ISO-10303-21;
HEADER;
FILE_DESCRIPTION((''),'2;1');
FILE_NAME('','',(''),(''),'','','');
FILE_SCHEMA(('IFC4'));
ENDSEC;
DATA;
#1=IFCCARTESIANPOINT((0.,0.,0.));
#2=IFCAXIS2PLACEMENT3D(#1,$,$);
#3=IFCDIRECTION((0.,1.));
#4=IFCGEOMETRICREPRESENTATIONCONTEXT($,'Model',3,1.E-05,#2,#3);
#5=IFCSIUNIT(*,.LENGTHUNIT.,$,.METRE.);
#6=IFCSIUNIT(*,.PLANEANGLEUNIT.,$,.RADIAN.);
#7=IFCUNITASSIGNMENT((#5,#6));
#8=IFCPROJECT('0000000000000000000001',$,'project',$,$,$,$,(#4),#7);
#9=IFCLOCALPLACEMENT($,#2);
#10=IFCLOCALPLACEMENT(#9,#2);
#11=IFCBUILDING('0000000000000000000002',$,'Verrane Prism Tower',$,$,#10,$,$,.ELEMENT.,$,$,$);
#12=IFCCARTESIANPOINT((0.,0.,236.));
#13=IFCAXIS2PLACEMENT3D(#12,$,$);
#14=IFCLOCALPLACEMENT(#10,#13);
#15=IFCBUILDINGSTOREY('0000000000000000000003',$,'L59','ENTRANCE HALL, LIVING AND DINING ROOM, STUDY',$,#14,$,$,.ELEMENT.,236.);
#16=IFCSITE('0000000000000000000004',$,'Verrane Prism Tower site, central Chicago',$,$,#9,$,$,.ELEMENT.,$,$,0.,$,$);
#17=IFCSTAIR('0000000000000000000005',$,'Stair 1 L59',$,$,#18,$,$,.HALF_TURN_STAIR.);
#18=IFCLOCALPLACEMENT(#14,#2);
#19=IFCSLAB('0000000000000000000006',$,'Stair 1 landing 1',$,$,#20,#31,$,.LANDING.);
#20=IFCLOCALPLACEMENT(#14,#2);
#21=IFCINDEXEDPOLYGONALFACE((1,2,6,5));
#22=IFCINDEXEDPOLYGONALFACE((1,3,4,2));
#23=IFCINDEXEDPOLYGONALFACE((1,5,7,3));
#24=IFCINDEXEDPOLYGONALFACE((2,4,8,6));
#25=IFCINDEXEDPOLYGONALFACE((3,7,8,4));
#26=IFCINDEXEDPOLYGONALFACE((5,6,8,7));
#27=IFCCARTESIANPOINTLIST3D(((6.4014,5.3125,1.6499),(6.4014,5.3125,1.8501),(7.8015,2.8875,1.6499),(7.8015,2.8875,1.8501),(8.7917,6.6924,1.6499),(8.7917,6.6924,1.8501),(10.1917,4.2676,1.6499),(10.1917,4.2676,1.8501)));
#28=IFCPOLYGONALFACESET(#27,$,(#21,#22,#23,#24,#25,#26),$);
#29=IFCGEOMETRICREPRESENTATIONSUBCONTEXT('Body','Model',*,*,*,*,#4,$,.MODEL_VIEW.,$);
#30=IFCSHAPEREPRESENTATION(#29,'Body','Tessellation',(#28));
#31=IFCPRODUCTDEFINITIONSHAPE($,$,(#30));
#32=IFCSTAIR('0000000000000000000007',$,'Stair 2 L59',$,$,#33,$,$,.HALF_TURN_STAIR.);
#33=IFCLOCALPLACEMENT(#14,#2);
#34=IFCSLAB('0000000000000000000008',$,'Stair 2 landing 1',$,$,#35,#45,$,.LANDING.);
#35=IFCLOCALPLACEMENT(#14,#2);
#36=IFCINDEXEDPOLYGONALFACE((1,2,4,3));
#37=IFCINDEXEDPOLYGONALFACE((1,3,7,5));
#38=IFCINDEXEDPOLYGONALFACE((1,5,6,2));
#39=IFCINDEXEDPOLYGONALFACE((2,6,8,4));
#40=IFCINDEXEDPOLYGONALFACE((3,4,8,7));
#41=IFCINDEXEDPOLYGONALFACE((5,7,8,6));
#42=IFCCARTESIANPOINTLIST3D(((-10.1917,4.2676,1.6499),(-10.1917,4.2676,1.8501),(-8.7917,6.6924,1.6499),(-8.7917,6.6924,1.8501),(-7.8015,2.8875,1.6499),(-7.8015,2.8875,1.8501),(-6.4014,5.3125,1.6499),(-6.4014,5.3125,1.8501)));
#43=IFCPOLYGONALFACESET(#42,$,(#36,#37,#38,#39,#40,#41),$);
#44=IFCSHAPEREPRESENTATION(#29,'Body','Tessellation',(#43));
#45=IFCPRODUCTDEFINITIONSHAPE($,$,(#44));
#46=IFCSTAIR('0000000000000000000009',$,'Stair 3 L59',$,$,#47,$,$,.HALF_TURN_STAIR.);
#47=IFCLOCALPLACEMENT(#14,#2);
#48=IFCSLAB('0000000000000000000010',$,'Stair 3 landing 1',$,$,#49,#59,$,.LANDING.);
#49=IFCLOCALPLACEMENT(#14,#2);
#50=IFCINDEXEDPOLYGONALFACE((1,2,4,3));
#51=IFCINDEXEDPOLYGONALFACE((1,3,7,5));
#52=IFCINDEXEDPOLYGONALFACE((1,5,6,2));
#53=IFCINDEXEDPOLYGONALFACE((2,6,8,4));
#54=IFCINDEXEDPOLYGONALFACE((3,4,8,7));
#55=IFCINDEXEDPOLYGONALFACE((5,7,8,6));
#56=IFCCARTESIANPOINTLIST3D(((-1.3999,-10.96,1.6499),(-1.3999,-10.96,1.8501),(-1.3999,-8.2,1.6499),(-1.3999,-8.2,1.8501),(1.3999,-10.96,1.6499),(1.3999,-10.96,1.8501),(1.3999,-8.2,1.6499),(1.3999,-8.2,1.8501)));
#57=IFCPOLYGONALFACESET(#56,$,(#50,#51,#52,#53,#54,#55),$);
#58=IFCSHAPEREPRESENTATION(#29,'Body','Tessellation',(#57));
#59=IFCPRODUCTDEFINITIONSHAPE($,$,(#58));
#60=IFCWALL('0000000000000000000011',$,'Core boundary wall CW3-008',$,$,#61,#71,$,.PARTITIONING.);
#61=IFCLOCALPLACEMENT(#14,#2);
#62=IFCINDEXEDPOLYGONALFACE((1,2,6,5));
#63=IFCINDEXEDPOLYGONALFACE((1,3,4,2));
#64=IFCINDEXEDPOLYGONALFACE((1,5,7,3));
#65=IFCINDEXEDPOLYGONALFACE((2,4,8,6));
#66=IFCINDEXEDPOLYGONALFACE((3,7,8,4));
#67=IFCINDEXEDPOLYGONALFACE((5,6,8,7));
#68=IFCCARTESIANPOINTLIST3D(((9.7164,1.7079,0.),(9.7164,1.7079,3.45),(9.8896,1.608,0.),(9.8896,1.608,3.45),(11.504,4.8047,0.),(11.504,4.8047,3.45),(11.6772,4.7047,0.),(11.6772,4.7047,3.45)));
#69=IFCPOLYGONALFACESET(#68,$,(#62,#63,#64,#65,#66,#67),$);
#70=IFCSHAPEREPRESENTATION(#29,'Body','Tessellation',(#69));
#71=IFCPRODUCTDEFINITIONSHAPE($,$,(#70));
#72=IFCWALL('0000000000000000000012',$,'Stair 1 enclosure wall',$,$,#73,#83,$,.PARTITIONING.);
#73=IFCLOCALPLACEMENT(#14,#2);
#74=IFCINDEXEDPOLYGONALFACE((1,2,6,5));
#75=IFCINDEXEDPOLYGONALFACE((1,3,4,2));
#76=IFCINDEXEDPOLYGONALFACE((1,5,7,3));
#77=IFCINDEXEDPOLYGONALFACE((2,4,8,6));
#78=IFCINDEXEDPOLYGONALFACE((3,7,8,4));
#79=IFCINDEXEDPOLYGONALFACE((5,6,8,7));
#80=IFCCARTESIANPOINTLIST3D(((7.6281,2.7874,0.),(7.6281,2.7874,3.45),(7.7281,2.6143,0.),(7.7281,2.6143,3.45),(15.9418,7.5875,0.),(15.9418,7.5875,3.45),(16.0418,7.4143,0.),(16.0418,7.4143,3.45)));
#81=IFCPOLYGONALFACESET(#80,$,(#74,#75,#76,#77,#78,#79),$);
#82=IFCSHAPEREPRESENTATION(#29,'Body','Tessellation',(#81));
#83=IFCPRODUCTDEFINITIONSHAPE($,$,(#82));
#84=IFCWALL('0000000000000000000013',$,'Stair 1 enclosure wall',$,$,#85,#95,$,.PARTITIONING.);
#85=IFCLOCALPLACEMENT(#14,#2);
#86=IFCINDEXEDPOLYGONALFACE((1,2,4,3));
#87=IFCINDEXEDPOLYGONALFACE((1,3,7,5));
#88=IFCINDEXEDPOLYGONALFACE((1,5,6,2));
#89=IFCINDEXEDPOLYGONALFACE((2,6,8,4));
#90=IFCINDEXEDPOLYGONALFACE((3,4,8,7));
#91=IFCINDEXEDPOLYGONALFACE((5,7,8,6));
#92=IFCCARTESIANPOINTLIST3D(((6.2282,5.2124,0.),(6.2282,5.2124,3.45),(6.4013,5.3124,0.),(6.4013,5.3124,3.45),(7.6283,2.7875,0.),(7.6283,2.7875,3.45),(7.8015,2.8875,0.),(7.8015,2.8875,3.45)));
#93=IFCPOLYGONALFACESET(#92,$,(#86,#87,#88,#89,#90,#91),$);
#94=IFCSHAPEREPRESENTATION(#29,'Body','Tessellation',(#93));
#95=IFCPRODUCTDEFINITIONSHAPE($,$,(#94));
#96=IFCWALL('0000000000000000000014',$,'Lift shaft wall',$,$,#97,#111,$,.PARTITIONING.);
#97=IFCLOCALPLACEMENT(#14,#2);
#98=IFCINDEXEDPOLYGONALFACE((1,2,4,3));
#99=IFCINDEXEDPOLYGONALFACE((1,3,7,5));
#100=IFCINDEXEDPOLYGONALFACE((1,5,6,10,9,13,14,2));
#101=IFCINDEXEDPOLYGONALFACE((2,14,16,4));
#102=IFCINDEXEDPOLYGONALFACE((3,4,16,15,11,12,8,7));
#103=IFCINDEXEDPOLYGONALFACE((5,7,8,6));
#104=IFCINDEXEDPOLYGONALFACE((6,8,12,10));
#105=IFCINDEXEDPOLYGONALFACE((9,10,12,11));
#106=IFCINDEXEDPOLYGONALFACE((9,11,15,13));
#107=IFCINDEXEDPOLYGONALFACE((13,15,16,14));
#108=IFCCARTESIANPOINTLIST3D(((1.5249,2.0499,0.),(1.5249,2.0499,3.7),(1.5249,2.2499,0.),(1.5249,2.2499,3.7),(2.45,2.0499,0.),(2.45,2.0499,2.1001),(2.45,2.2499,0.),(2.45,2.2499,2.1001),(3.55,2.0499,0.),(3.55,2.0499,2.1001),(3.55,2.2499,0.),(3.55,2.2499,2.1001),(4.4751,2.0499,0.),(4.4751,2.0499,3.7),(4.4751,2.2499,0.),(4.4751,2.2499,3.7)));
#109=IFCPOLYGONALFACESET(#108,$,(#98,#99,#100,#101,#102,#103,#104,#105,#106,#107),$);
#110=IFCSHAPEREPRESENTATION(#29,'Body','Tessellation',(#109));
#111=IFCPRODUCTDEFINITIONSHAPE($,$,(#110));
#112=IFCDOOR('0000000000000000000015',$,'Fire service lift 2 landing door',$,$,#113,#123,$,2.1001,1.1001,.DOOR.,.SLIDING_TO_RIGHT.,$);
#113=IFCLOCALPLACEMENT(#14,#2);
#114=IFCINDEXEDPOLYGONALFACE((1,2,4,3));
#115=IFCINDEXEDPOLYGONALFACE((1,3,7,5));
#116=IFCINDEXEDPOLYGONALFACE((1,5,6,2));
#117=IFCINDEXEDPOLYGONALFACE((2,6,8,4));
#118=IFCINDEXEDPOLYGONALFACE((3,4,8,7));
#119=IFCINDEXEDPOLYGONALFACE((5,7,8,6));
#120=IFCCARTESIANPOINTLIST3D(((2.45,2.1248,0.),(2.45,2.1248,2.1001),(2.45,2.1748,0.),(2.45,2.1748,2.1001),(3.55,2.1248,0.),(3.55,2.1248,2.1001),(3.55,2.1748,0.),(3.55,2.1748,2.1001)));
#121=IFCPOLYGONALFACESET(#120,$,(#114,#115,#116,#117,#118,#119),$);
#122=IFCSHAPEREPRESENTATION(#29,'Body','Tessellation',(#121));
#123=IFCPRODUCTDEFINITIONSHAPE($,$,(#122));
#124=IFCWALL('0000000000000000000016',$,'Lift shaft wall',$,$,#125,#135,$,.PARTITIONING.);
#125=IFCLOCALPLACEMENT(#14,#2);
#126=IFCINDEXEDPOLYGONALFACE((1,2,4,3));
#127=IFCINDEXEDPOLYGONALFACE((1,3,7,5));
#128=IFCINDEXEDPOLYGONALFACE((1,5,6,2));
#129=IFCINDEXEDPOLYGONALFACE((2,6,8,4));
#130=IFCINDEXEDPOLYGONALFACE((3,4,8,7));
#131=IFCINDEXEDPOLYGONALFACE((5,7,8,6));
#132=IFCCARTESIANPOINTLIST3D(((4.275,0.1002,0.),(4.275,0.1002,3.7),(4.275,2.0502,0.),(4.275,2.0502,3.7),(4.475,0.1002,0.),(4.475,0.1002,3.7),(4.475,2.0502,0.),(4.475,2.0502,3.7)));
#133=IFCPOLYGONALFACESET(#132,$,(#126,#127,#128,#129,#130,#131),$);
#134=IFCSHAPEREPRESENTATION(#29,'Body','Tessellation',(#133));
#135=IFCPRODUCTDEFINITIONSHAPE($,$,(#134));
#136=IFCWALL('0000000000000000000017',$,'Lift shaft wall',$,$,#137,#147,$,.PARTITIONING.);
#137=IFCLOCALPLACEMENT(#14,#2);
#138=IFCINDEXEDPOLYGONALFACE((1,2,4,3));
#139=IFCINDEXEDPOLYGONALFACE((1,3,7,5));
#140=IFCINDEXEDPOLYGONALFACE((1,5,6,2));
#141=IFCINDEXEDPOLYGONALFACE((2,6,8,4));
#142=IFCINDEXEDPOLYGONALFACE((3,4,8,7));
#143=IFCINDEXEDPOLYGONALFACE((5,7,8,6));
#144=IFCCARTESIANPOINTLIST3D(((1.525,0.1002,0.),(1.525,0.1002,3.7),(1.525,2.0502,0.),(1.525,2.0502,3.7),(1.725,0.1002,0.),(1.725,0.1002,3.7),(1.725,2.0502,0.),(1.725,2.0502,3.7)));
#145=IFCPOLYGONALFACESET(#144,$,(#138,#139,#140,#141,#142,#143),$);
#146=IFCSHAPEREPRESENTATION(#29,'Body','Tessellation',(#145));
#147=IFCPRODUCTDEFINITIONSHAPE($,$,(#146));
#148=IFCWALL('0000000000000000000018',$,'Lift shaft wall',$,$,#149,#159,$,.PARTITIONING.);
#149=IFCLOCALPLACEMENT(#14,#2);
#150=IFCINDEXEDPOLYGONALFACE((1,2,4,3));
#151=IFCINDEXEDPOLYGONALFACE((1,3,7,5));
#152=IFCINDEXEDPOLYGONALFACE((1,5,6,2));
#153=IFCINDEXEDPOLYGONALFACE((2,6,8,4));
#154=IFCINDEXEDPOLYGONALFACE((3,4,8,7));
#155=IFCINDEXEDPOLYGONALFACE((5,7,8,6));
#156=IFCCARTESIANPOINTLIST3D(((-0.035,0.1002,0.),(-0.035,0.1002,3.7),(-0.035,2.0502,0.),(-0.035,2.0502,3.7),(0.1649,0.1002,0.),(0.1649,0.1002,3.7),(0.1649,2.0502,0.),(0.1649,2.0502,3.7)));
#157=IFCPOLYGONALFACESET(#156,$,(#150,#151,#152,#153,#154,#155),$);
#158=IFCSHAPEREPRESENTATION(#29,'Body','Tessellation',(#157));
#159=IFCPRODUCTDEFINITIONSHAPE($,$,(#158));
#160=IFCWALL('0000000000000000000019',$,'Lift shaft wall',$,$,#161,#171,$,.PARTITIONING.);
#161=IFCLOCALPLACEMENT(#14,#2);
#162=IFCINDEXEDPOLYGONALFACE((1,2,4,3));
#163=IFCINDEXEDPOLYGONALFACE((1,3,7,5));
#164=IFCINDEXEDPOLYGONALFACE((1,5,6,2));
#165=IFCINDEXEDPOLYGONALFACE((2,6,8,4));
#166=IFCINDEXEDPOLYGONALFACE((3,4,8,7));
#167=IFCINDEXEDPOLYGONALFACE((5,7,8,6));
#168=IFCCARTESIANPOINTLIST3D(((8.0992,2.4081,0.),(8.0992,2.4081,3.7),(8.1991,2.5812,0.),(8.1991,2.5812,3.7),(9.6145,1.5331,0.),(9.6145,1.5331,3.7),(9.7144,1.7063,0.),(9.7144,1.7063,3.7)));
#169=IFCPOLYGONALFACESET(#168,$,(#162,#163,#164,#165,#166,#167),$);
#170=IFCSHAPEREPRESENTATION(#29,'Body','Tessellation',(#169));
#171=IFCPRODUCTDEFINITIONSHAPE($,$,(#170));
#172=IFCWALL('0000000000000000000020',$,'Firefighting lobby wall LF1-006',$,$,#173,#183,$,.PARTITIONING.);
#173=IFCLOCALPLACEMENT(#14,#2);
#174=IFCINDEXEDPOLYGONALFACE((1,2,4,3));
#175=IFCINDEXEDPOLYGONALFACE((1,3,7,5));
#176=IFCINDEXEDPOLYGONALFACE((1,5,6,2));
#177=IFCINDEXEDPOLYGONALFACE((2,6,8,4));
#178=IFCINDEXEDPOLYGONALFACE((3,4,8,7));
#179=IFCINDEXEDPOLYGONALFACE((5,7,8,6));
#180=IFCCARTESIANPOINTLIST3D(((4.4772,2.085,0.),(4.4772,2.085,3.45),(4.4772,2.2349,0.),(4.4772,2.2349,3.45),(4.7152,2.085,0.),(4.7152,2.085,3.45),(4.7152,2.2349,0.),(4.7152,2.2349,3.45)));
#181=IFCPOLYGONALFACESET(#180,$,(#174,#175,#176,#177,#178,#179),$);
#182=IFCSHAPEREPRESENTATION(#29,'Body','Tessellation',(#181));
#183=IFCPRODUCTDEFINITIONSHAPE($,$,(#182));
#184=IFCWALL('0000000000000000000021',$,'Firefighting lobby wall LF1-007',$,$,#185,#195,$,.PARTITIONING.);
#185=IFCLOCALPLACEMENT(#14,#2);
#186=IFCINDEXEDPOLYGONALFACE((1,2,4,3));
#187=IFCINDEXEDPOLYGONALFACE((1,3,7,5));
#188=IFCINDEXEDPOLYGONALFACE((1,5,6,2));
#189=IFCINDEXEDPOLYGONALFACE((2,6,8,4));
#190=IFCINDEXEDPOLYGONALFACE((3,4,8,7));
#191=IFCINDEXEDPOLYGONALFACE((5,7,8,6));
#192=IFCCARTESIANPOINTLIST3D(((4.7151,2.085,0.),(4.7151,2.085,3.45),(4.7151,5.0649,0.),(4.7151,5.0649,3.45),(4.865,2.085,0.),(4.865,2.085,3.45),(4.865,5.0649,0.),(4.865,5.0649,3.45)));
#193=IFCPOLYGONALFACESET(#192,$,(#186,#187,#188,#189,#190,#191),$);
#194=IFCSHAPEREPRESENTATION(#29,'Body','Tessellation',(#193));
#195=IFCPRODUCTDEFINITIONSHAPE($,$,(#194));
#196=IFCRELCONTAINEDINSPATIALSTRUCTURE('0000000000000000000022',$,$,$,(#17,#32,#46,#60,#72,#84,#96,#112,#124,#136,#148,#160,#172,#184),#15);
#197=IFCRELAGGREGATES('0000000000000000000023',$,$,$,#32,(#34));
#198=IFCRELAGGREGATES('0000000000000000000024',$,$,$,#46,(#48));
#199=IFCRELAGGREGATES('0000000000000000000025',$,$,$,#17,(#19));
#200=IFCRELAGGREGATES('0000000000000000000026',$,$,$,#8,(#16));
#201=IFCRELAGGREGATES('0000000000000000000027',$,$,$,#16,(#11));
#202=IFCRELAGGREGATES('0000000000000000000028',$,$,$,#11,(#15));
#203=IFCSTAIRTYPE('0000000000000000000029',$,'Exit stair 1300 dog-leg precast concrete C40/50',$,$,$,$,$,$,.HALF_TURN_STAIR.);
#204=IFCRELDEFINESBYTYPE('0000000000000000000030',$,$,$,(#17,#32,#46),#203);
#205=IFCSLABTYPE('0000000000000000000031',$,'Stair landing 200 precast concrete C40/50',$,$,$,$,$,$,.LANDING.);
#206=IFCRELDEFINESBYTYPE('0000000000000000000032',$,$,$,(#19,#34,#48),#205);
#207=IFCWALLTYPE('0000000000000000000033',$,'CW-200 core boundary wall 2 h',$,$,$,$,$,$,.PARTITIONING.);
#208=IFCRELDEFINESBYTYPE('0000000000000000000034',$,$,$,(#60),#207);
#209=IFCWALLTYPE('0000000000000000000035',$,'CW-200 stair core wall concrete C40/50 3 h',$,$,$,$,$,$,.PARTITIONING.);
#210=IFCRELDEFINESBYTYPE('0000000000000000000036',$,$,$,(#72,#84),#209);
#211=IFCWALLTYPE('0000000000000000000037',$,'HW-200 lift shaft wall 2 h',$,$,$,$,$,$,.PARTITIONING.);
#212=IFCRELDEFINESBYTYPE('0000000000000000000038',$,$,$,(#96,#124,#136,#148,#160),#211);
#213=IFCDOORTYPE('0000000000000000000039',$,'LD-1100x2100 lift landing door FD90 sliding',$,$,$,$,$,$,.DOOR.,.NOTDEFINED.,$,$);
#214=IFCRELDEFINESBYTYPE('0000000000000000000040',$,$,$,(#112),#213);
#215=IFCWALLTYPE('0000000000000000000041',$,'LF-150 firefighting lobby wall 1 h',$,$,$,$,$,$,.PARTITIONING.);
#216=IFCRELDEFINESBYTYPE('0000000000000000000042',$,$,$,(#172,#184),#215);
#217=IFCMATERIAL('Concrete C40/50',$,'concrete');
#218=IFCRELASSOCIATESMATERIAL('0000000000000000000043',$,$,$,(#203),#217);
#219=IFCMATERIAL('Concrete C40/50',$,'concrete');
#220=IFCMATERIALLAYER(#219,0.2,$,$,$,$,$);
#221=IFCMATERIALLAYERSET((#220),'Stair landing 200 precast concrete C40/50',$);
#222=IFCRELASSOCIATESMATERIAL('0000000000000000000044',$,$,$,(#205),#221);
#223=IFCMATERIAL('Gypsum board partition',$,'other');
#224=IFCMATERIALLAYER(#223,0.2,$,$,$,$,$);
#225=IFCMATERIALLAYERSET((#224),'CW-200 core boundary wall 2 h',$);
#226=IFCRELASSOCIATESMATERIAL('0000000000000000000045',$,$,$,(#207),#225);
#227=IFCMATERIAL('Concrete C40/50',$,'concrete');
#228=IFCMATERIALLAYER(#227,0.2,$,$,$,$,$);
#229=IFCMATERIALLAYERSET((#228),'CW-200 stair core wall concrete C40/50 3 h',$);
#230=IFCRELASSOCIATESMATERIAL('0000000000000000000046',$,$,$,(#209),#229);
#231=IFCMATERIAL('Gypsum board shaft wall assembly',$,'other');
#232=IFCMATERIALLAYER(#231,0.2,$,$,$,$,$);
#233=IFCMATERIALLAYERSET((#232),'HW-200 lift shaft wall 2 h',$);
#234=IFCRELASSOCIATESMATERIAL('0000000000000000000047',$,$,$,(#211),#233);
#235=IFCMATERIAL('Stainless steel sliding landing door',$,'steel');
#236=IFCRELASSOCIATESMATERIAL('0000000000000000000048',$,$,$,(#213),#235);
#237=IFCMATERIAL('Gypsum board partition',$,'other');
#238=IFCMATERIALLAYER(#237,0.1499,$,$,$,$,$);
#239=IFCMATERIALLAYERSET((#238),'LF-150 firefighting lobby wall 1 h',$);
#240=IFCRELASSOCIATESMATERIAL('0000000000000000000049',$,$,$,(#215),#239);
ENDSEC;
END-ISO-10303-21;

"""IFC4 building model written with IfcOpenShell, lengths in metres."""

from ifc_helpers import new_model, si_unit, direction, frame, frame_2d, origin, place, context, subcontext, project, spatial, polyline, rectangle, outline, extrude, material, layer, layer_set, type_object, element, fill, aggregate, save


model = new_model("IFC4")

# Units and contexts
model_context = context("Model", 3, precision=1e-05, world=origin(), true_north=direction((0.0, 1.0)))
body_context = subcontext(model_context, "Body", "Model", "MODEL_VIEW")
ifc_project = project(units=[si_unit("LENGTHUNIT", "METRE"), si_unit("PLANEANGLEUNIT", "RADIAN")], contexts=[model_context])

# Site, building, storey
site_placement = place(None, origin())
site = spatial("IfcSite", under=ifc_project, at=site_placement, Name="Verrane Prism Tower site, central Chicago", CompositionType="ELEMENT", RefElevation=0.0)
building_placement = place(site_placement, origin())
building = spatial("IfcBuilding", under=site, at=building_placement, Name="Verrane Prism Tower", CompositionType="ELEMENT")
storey_placement = place(building_placement, frame((0.0, 0.0, 236.0)))
storey = spatial("IfcBuildingStorey", under=building, at=storey_placement, Name="L59", Description="ENTRANCE HALL, LIVING AND DINING ROOM, STUDY", CompositionType="ELEMENT", Elevation=236.0)

# Stairs, slabs
ifc_material_1 = material(Name="Concrete C40/50", Category="concrete")
stair_type = type_object("IfcStairType", Name="Exit stair 1300 dog-leg precast concrete C40/50", PredefinedType="HALF_TURN_STAIR", material=ifc_material_1)
stair_1_placement = place(storey_placement, origin())
stair_1 = element("IfcStair", 1, at=stair_1_placement, inside=storey, type_object=stair_type, Name="Stair 1 L59", PredefinedType="HALF_TURN_STAIR")
ifc_material_2 = material(Name="Concrete C40/50", Category="concrete")
ifc_layer_1 = layer(ifc_material_2, 0.2)
ifc_layer_set_1 = layer_set([ifc_layer_1], Name="Stair landing 200 precast concrete C40/50")
slab_type_1 = type_object("IfcSlabType", Name="Stair landing 200 precast concrete C40/50", PredefinedType="LANDING", material=ifc_layer_set_1)
slab_1_placement = place(storey_placement, frame((0.0, 0.0, 1.6499)))
slab_1 = element("IfcSlab", 2, at=slab_1_placement, type_object=slab_type_1, Name="Stair 1 landing 1", PredefinedType="LANDING", context=body_context, shape_type="SweptSolid", body=[
    extrude(outline(polyline([(8.7917, 6.6924), (6.4014, 5.3125), (7.8015, 2.8875), (10.1917, 4.2676), (8.7917, 6.6924)])), origin(), (0.0, 0.0, 1.0), 0.2002),
])
stair_2_placement = place(storey_placement, origin())
stair_2 = element("IfcStair", 3, at=stair_2_placement, inside=storey, type_object=stair_type, Name="Stair 2 L59", PredefinedType="HALF_TURN_STAIR")
slab_2_placement = place(storey_placement, frame((0.0, 0.0, 1.6499)))
slab_2 = element("IfcSlab", 4, at=slab_2_placement, type_object=slab_type_1, Name="Stair 2 landing 1", PredefinedType="LANDING", context=body_context, shape_type="SweptSolid", body=[
    extrude(outline(polyline([(-10.1917, 4.2676), (-7.8015, 2.8875), (-6.4014, 5.3125), (-8.7917, 6.6924), (-10.1917, 4.2676)])), origin(), (0.0, 0.0, 1.0), 0.2002),
])
aggregate(stair_2, [slab_2])
stair_3_placement = place(storey_placement, origin())
stair_3 = element("IfcStair", 5, at=stair_3_placement, inside=storey, type_object=stair_type, Name="Stair 3 L59", PredefinedType="HALF_TURN_STAIR")
slab_3_placement = place(storey_placement, frame((0.0, 0.0, 1.6499)))
slab_3 = element("IfcSlab", 6, at=slab_3_placement, type_object=slab_type_1, Name="Stair 3 landing 1", PredefinedType="LANDING", context=body_context, shape_type="SweptSolid", body=[
    extrude(outline(polyline([(1.3999, -10.96), (1.3999, -8.2), (-1.3999, -8.2), (-1.3999, -10.96), (1.3999, -10.96)])), origin(), (0.0, 0.0, 1.0), 0.2002),
])
aggregate(stair_3, [slab_3])

# Walls
ifc_material_3 = material(Name="Gypsum board partition", Category="other")
ifc_layer_2 = layer(ifc_material_3, 0.2)
ifc_layer_set_2 = layer_set([ifc_layer_2], Name="CW-200 core boundary wall 2 h")
wall_type_1 = type_object("IfcWallType", Name="CW-200 core boundary wall 2 h", PredefinedType="PARTITIONING", material=ifc_layer_set_2)
wall_1_placement = place(storey_placement, frame((9.803, 1.658, 0.0), z_axis=(0.0, 0.0, 1.0), x_axis=(0.499943, 0.866058, 0.0)))
element("IfcWall", 7, at=wall_1_placement, inside=storey, type_object=wall_type_1, Name="Core boundary wall CW3-008", PredefinedType="PARTITIONING", context=body_context, shape_type="SweptSolid", body=[
    extrude(rectangle(XDim=3.5757, YDim=0.2, at=frame_2d((1.7878, 0.0))), origin(), (0.0, 0.0, 1.0), 3.45),
])
ifc_material_4 = material(Name="Concrete C40/50", Category="concrete")
ifc_layer_3 = layer(ifc_material_4, 0.2)
ifc_layer_set_3 = layer_set([ifc_layer_3], Name="CW-200 stair core wall concrete C40/50 3 h")
wall_type_2 = type_object("IfcWallType", Name="CW-200 stair core wall concrete C40/50 3 h", PredefinedType="PARTITIONING", material=ifc_layer_set_3)
wall_2_placement = place(storey_placement, frame((7.6782, 2.7009, 0.0), z_axis=(0.0, 0.0, 1.0), x_axis=(0.86602, 0.500009, 0.0)))
element("IfcWall", 8, at=wall_2_placement, inside=storey, type_object=wall_type_2, Name="Stair 1 enclosure wall", PredefinedType="PARTITIONING", context=body_context, shape_type="SweptSolid", body=[
    extrude(rectangle(XDim=9.5999, YDim=0.2, at=frame_2d((4.7998, 0.0))), origin(), (0.0, 0.0, 1.0), 3.45),
])
wall_3_placement = place(storey_placement, frame((7.7148, 2.8376, 0.0), z_axis=(0.0, 0.0, 1.0), x_axis=(-0.50005, 0.865997, 0.0)))
element("IfcWall", 9, at=wall_3_placement, inside=storey, type_object=wall_type_2, Name="Stair 1 enclosure wall", PredefinedType="PARTITIONING", context=body_context, shape_type="SweptSolid", body=[
    extrude(rectangle(XDim=2.8, YDim=0.2, at=frame_2d((1.3999, 0.0))), origin(), (0.0, 0.0, 1.0), 3.45),
])

# Wall, opening, door
ifc_material_5 = material(Name="Gypsum board shaft wall assembly", Category="other")
ifc_layer_4 = layer(ifc_material_5, 0.2)
ifc_layer_set_4 = layer_set([ifc_layer_4], Name="HW-200 lift shaft wall 2 h")
wall_type_3 = type_object("IfcWallType", Name="HW-200 lift shaft wall 2 h", PredefinedType="PARTITIONING", material=ifc_layer_set_4)
wall_4_placement = place(storey_placement, frame((1.5249, 2.1499, 0.0), z_axis=(0.0, 0.0, 1.0), x_axis=(1.0, 0.0, 0.0)))
wall_4 = element("IfcWall", 10, at=wall_4_placement, inside=storey, type_object=wall_type_3, Name="Lift shaft wall", PredefinedType="PARTITIONING", context=body_context, shape_type="SweptSolid", body=[
    extrude(rectangle(XDim=2.9502, YDim=0.2, at=frame_2d((1.4751, 0.0))), origin(), (0.0, 0.0, 1.0), 3.7),
])
opening_1_placement = place(wall_4_placement, frame((0.925, 0.0, 0.0)))
opening_1 = element("IfcOpeningElement", 11, at=opening_1_placement, cuts=wall_4, PredefinedType="OPENING", context=body_context, shape_type="SweptSolid", body=[
    extrude(rectangle(XDim=1.1001, YDim=2.1001, at=frame_2d((0.55, 1.05))), frame((0.0, 0.1099, 0.0), z_axis=(0.0, -1.0, 0.0), x_axis=(1.0, 0.0, 0.0)), (0.0, 0.0, 1.0), 0.22),
])
ifc_material_6 = material(Name="Stainless steel sliding landing door", Category="steel")
door_type_1 = type_object("IfcDoorType", Name="LD-1100x2100 lift landing door FD90 sliding", OperationType="NOTDEFINED", PredefinedType="DOOR", material=ifc_material_6)
door_1_placement = place(opening_1_placement, origin())
door_1 = element("IfcDoor", 12, at=door_1_placement, inside=storey, type_object=door_type_1, Name="Fire service lift 2 landing door", OperationType="SLIDING_TO_RIGHT", OverallHeight=2.1001, OverallWidth=1.1001, PredefinedType="DOOR", context=body_context, shape_type="SweptSolid", body=[
    extrude(rectangle(XDim=1.1001, YDim=2.1001, at=frame_2d((0.55, 1.05))), frame((0.0, 0.0249, 0.0), z_axis=(0.0, -1.0, 0.0), x_axis=(1.0, 0.0, 0.0)), (0.0, 0.0, 1.0), 0.05),
])
fill(opening_1, door_1)

# Walls
for number, where, z_axis, x_axis, name in (
    (13, (4.375, 0.1001, 0.0), (0.0, 0.0, 1.0), (0.0, 1.0, 0.0), "Lift shaft wall"),
    (14, (1.625, 0.1001, 0.0), (0.0, 0.0, 1.0), (0.0, 1.0, 0.0), "Lift shaft wall"),
    (15, (0.0649, 0.1001, 0.0), (0.0, 0.0, 1.0), (0.0, 1.0, 0.0), "Lift shaft wall"),
):
    element("IfcWall", number, at=place(storey_placement, frame(where, z_axis=z_axis, x_axis=x_axis)), inside=storey, type_object=wall_type_3, Name=name, PredefinedType="PARTITIONING", context=body_context, shape_type="SweptSolid", body=[
        extrude(rectangle(XDim=1.95, YDim=0.2, at=frame_2d((0.9751, 0.0))), origin(), (0.0, 0.0, 1.0), 3.7),
    ])
wall_5_placement = place(storey_placement, frame((9.6646, 1.6196, 0.0), z_axis=(0.0, 0.0, 1.0), x_axis=(-0.866002, 0.50004, 0.0)))
element("IfcWall", 16, at=wall_5_placement, inside=storey, type_object=wall_type_3, Name="Lift shaft wall", PredefinedType="PARTITIONING", context=body_context, shape_type="SweptSolid", body=[
    extrude(rectangle(XDim=1.7498, YDim=0.2, at=frame_2d((0.875, 0.0))), origin(), (0.0, 0.0, 1.0), 3.7),
])
ifc_material_7 = material(Name="Gypsum board partition", Category="other")
ifc_layer_5 = layer(ifc_material_7, 0.1499)
ifc_layer_set_5 = layer_set([ifc_layer_5], Name="LF-150 firefighting lobby wall 1 h")
wall_type_4 = type_object("IfcWallType", Name="LF-150 firefighting lobby wall 1 h", PredefinedType="PARTITIONING", material=ifc_layer_set_5)
wall_6_placement = place(storey_placement, frame((4.4771, 2.1599, 0.0), z_axis=(0.0, 0.0, 1.0), x_axis=(1.0, 0.0, 0.0)))
element("IfcWall", 17, at=wall_6_placement, inside=storey, type_object=wall_type_4, Name="Firefighting lobby wall LF1-006", PredefinedType="PARTITIONING", context=body_context, shape_type="SweptSolid", body=[
    extrude(rectangle(XDim=0.238, YDim=0.1499, at=frame_2d((0.1191, 0.0))), origin(), (0.0, 0.0, 1.0), 3.45),
])
wall_7_placement = place(storey_placement, frame((4.79, 2.085, 0.0), z_axis=(0.0, 0.0, 1.0), x_axis=(0.0, 1.0, 0.0)))
element("IfcWall", 18, at=wall_7_placement, inside=storey, type_object=wall_type_4, Name="Firefighting lobby wall LF1-007", PredefinedType="PARTITIONING", context=body_context, shape_type="SweptSolid", body=[
    extrude(rectangle(XDim=2.98, YDim=0.1499, at=frame_2d((1.49, 0.0))), origin(), (0.0, 0.0, 1.0), 3.45),
])

aggregate(stair_1, [slab_1])

save(model, "model.ifc")
